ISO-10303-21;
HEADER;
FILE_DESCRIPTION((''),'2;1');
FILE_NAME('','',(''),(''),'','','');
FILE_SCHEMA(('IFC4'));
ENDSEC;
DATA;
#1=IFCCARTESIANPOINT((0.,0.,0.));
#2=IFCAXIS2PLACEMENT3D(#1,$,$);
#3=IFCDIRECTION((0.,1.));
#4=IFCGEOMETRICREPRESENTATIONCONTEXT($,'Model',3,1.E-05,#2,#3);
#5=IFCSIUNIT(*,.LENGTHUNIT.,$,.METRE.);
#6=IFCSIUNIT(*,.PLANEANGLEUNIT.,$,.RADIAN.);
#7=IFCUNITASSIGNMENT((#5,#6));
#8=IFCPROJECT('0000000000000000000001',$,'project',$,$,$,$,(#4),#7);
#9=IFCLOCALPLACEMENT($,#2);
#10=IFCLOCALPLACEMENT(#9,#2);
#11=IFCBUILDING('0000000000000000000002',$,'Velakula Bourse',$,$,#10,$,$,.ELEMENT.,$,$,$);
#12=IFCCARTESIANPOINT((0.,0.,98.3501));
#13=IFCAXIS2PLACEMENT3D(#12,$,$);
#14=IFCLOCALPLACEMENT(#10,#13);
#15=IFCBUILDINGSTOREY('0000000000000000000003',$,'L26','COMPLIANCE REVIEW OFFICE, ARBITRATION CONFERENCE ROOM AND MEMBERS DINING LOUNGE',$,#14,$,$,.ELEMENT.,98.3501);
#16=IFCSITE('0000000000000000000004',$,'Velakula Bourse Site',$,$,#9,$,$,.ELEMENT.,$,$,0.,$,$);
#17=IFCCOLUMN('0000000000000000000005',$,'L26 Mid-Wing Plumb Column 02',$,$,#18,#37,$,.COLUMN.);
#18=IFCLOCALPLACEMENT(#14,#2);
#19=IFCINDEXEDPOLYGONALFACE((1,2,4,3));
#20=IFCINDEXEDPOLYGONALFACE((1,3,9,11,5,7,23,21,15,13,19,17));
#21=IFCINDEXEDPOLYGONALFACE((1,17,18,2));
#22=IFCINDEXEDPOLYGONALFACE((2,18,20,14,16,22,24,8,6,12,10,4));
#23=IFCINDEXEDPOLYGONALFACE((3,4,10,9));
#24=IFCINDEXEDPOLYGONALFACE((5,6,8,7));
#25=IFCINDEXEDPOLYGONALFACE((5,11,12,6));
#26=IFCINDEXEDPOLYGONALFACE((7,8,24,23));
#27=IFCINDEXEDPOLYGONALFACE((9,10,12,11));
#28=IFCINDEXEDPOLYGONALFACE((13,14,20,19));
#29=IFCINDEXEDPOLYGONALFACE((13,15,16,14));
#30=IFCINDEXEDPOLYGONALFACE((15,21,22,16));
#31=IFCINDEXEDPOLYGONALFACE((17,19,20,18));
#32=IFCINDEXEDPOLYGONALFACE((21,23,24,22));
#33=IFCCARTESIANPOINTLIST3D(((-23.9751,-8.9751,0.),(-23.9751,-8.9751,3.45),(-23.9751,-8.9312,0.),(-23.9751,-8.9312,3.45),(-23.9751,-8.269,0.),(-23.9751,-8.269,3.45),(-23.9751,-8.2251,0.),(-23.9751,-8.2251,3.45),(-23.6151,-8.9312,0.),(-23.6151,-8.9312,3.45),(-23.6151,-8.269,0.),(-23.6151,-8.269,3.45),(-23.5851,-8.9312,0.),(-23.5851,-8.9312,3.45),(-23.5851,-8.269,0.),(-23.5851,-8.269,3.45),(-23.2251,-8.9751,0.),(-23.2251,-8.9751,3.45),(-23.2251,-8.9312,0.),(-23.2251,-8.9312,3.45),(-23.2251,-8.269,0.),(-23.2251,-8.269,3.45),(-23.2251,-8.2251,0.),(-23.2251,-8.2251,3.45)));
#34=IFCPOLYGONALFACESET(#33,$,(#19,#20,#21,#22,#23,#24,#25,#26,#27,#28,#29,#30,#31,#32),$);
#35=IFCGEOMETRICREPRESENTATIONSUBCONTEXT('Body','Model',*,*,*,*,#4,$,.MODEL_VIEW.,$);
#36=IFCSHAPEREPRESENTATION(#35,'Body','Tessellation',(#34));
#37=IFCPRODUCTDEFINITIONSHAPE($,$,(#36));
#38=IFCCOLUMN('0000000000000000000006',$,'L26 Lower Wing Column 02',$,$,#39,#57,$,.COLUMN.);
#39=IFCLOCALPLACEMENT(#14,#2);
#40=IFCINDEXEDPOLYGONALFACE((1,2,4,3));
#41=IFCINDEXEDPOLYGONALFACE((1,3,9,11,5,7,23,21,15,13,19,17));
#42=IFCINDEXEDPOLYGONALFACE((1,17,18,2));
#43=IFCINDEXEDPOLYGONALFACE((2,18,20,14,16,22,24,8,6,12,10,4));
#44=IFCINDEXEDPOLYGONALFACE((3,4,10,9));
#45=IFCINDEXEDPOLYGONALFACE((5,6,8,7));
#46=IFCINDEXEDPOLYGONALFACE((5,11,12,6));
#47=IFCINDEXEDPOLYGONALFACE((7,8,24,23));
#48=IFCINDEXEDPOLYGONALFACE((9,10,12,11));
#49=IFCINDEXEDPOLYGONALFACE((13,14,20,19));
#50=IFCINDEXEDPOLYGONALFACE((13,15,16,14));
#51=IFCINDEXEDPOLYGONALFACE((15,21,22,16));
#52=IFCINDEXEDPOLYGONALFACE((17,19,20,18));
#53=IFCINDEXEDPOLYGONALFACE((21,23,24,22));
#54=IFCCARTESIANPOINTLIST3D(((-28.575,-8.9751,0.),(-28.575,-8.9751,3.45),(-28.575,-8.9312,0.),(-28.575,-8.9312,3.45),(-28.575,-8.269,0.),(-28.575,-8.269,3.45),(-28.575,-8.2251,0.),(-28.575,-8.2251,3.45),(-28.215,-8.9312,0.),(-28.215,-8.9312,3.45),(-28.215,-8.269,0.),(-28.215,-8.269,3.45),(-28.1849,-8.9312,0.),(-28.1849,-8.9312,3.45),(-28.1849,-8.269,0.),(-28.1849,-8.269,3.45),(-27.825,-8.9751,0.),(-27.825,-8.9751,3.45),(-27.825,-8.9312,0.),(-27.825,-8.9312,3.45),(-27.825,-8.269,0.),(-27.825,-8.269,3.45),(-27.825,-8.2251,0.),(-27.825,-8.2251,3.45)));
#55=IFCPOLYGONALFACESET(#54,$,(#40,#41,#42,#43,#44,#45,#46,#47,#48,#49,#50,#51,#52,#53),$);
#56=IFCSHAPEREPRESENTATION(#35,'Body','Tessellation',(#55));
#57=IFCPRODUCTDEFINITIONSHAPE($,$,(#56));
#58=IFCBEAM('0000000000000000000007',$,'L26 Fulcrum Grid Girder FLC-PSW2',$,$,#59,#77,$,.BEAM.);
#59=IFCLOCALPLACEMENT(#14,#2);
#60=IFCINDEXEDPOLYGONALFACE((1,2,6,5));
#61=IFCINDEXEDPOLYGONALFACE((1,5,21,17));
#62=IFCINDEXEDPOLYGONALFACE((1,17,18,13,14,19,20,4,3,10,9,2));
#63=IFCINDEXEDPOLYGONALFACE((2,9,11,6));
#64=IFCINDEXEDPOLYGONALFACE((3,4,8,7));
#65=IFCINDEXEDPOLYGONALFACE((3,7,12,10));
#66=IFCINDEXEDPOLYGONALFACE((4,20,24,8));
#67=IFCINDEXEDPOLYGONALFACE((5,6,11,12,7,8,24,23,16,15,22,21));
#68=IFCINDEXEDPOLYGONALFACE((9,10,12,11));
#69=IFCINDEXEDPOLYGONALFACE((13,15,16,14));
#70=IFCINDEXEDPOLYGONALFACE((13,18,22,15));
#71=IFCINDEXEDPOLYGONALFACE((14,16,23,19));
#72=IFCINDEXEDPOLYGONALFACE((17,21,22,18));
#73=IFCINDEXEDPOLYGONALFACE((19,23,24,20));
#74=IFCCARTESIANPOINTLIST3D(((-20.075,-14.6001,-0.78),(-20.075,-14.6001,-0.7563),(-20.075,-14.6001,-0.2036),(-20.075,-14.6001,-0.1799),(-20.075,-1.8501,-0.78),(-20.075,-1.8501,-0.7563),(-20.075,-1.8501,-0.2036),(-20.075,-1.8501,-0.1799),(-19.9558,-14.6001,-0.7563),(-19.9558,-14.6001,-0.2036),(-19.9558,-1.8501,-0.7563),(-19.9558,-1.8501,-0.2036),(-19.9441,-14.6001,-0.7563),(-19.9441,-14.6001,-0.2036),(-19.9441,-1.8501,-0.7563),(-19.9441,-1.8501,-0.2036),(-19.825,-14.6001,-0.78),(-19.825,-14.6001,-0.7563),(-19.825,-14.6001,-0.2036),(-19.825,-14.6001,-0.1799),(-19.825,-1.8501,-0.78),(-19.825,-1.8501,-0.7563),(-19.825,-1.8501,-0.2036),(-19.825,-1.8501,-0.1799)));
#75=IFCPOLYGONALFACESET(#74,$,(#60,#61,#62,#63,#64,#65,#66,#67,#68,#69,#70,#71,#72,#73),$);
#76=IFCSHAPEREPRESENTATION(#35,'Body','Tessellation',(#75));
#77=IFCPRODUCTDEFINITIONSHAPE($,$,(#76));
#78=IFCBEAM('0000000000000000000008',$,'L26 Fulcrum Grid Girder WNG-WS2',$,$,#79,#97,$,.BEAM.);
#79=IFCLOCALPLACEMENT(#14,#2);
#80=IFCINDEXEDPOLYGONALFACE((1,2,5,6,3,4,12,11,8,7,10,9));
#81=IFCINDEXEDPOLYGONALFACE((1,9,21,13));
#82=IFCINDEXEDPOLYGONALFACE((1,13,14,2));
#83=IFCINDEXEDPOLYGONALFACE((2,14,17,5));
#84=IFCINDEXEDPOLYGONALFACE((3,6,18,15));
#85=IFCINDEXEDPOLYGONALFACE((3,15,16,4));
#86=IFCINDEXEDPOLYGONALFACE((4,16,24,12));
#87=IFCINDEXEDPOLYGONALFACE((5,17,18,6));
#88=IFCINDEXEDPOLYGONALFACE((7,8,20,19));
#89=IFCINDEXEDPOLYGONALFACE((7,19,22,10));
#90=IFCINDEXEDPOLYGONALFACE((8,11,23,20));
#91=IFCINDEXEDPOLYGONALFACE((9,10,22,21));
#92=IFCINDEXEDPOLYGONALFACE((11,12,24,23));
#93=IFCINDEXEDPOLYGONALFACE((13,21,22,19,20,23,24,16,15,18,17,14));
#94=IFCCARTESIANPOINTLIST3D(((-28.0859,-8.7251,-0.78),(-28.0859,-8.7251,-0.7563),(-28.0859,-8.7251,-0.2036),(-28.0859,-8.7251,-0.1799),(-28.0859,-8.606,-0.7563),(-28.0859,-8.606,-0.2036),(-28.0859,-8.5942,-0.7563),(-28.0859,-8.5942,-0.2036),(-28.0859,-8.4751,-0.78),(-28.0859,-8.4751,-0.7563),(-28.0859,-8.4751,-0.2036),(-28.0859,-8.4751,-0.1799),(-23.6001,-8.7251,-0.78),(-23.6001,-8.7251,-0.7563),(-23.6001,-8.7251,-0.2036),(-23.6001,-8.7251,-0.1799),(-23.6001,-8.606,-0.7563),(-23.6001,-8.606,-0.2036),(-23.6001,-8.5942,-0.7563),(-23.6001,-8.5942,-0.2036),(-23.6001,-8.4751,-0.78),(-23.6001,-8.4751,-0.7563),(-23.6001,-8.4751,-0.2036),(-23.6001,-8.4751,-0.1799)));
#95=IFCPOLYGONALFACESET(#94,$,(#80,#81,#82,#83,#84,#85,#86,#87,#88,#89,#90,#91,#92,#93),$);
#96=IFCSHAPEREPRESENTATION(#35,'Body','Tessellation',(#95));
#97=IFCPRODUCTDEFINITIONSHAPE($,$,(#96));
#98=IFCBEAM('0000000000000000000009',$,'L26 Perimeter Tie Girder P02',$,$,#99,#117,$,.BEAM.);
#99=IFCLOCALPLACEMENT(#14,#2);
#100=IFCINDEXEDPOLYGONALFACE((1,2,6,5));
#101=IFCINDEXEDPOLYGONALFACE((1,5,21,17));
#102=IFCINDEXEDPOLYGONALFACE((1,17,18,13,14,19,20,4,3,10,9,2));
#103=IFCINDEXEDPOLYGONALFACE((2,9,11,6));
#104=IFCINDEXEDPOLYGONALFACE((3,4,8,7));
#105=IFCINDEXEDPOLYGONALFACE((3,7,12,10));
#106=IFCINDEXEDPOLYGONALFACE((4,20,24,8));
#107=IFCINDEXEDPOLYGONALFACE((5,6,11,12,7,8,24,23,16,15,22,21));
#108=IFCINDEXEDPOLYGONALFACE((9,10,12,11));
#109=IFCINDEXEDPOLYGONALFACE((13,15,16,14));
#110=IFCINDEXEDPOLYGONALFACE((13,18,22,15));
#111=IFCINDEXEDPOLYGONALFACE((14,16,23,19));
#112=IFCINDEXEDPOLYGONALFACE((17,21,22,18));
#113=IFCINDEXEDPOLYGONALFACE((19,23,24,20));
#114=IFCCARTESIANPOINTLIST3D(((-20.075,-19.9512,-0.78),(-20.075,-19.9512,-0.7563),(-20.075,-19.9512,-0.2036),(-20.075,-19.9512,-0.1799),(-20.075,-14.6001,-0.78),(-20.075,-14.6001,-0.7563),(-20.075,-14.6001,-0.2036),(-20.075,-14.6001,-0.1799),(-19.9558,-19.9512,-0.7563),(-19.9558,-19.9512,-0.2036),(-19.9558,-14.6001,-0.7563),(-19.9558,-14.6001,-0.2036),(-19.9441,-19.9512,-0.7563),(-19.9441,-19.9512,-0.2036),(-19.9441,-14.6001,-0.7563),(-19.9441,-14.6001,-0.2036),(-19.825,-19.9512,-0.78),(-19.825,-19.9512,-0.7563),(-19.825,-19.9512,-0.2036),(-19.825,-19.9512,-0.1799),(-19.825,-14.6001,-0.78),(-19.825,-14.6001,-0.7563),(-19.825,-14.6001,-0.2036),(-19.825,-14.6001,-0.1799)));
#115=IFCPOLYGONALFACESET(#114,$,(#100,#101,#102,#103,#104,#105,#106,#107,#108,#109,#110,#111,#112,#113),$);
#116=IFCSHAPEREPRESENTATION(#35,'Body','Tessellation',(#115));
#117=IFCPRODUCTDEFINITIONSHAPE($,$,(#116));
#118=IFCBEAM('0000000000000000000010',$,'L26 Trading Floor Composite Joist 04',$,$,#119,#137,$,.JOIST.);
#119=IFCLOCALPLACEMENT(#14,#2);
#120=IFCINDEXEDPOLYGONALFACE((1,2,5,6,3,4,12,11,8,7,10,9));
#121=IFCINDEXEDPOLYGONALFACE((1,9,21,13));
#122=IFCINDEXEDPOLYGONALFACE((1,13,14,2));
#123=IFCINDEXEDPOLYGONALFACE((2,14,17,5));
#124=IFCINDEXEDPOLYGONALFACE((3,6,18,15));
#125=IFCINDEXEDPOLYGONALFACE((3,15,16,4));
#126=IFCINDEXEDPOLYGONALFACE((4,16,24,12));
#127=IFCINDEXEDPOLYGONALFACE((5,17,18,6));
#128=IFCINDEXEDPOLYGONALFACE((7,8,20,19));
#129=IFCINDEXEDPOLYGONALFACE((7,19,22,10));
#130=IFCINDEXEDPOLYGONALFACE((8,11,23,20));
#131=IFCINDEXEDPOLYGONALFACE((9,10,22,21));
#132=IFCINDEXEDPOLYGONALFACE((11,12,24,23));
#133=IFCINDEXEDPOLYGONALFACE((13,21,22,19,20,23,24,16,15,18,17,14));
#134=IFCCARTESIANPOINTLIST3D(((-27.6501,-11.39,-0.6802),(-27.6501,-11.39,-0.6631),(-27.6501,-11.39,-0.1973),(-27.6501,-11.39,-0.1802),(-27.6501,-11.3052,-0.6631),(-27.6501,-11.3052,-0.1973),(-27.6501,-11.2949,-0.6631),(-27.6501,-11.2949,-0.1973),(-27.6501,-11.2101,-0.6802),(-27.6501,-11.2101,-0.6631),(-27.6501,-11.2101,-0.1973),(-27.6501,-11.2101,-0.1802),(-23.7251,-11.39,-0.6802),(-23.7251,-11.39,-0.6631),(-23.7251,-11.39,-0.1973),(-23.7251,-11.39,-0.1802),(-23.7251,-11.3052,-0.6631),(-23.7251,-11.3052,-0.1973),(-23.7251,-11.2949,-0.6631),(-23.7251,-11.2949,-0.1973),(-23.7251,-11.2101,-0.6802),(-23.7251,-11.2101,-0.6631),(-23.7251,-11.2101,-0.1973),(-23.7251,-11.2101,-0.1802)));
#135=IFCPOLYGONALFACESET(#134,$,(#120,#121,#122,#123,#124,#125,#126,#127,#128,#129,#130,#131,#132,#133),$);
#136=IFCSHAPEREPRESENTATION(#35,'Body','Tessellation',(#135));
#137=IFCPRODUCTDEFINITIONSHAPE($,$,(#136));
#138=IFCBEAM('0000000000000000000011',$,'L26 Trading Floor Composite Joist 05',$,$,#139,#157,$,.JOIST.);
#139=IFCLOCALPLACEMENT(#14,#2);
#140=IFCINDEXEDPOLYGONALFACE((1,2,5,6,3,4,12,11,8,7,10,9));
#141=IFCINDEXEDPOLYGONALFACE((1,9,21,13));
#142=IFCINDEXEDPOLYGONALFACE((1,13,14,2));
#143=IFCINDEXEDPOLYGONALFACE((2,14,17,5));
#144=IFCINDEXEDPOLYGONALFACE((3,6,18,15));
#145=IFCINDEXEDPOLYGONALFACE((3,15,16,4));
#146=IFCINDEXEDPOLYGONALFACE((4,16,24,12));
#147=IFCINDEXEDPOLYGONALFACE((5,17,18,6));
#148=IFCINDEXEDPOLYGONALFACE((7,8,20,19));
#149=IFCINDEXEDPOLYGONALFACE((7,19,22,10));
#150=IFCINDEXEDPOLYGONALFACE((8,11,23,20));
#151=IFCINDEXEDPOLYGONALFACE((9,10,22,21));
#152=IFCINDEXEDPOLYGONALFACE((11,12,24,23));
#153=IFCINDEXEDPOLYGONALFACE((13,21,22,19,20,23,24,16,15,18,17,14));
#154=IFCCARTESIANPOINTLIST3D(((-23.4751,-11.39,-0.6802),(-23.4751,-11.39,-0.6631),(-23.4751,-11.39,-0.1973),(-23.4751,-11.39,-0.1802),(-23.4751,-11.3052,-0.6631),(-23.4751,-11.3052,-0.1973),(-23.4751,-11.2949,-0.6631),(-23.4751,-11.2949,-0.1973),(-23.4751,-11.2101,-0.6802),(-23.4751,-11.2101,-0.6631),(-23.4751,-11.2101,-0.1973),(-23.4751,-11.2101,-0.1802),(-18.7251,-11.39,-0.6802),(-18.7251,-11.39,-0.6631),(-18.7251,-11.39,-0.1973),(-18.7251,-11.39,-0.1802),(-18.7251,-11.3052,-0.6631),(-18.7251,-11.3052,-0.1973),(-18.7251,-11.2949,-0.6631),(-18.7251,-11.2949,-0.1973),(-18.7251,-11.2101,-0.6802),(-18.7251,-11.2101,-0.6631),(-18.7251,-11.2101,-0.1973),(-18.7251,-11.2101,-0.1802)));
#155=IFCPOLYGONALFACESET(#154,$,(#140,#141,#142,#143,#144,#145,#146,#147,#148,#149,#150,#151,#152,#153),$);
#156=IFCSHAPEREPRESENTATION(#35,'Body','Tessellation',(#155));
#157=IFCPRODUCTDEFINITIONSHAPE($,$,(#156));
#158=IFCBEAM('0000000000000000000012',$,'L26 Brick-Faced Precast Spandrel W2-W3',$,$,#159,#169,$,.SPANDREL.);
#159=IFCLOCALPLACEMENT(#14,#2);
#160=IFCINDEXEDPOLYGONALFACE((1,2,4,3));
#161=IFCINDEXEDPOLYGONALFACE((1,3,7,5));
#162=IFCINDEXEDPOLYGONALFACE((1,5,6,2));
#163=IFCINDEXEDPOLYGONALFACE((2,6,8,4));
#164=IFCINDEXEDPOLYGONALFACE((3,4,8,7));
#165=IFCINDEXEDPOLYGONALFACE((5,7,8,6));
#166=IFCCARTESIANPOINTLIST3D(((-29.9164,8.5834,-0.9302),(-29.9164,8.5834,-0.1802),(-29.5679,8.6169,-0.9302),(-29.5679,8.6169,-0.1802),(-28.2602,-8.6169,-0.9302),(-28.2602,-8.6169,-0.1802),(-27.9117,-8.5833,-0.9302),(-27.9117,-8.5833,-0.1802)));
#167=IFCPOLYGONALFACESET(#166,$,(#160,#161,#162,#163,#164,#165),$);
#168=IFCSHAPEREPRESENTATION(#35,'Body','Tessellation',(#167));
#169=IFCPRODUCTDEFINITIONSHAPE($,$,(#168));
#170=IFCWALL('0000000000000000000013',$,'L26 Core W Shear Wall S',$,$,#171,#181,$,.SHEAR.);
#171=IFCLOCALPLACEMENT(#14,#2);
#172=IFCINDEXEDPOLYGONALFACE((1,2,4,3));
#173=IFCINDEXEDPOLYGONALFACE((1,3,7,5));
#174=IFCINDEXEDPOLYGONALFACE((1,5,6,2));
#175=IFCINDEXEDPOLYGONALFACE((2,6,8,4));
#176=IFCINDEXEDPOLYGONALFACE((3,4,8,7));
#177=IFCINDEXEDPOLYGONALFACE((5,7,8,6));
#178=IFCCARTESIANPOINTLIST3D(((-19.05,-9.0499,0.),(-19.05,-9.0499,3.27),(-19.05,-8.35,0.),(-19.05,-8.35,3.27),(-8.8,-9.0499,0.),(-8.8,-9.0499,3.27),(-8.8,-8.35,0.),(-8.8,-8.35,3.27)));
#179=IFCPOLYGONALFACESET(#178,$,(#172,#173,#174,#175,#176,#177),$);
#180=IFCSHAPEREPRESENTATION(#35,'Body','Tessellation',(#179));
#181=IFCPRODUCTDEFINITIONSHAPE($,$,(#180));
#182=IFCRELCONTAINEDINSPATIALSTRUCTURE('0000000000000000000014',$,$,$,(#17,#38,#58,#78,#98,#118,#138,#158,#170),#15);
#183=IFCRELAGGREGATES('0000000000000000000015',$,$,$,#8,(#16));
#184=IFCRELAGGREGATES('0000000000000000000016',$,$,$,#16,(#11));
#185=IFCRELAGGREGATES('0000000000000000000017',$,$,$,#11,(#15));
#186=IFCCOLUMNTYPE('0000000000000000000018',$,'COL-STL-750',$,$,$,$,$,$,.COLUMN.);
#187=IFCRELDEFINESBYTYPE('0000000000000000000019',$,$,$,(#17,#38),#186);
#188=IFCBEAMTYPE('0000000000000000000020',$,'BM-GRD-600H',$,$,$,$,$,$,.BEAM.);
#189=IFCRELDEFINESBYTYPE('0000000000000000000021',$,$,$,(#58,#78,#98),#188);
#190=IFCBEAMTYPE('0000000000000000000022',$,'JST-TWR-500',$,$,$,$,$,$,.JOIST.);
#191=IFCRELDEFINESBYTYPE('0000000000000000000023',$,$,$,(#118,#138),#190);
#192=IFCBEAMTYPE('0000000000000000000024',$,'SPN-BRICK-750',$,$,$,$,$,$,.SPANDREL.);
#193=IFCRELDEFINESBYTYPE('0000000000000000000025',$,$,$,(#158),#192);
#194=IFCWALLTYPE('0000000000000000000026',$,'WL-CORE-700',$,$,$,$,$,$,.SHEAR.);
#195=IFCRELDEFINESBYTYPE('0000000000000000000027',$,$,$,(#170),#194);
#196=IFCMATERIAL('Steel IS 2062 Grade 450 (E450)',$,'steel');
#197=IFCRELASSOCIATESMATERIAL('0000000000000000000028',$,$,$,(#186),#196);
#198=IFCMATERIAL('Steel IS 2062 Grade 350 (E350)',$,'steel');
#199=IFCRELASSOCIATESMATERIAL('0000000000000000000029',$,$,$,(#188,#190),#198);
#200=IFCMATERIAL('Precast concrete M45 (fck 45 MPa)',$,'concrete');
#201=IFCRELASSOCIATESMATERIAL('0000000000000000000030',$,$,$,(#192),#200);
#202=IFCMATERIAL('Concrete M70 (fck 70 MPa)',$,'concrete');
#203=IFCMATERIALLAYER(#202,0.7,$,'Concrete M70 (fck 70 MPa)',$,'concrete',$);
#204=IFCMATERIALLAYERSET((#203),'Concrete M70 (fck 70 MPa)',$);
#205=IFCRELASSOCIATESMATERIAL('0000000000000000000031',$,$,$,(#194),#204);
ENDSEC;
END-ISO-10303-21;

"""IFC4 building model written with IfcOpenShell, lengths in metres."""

from ifc_helpers import new_model, si_unit, direction, frame, frame_2d, origin, origin_2d, place, context, subcontext, project, spatial, rectangle, i_section, extrude, material, layer, layer_set, material_profile, profile_set, type_object, element, save


model = new_model("IFC4")

# Units and contexts
model_context = context("Model", 3, precision=1e-05, world=origin(), true_north=direction((0.0, 1.0)))
body_context = subcontext(model_context, "Body", "Model", "MODEL_VIEW")
ifc_project = project(units=[si_unit("LENGTHUNIT", "METRE"), si_unit("PLANEANGLEUNIT", "RADIAN")], contexts=[model_context])

# Site, building, storey
site_placement = place(None, origin())
site = spatial("IfcSite", under=ifc_project, at=site_placement, Name="Velakula Bourse Site", CompositionType="ELEMENT", RefElevation=0.0)
building_placement = place(site_placement, origin())
building = spatial("IfcBuilding", under=site, at=building_placement, Name="Velakula Bourse", CompositionType="ELEMENT")
storey_placement = place(building_placement, frame((0.0, 0.0, 98.3501)))
storey = spatial("IfcBuildingStorey", under=building, at=storey_placement, Name="L26", Description="COMPLIANCE REVIEW OFFICE, ARBITRATION CONFERENCE ROOM AND MEMBERS DINING LOUNGE", CompositionType="ELEMENT", Elevation=98.3501)

# Columns
ifc_material_1 = material(Name="Steel IS 2062 Grade 450 (E450)", Category="steel")
ifc_material_profile_1 = material_profile(ifc_material_1, i_section(OverallWidth=0.75, OverallDepth=0.75, WebThickness=0.03, FlangeThickness=0.0439, at=origin_2d()), Name="Steel IS 2062 Grade 450 (E450)")
ifc_profile_set_1 = profile_set([ifc_material_profile_1], Name="Steel IS 2062 Grade 450 (E450)")
column_type = type_object("IfcColumnType", Name="COL-STL-750", PredefinedType="COLUMN", material=ifc_profile_set_1)
for number, where, z_axis, x_axis, name in (
    (1, (-23.6001, -8.6001, 0.0), (0.0, 0.0, 1.0), (1.0, 0.0, 0.0), "L26 Mid-Wing Plumb Column 02"),
    (2, (-28.2, -8.6001, 0.0), (0.0, 0.0, 1.0), (1.0, 0.0, 0.0), "L26 Lower Wing Column 02"),
):
    element("IfcColumn", number, at=place(storey_placement, frame(where, z_axis=z_axis, x_axis=x_axis)), inside=storey, type_object=column_type, Name=name, PredefinedType="COLUMN", context=body_context, shape_type="SweptSolid", body=[
        extrude(i_section(OverallWidth=0.75, OverallDepth=0.75, WebThickness=0.03, FlangeThickness=0.0439, at=origin_2d()), origin(), (0.0, 0.0, 1.0), 3.45),
    ])

# Beams
ifc_material_2 = material(Name="Steel IS 2062 Grade 350 (E350)", Category="steel")
ifc_material_profile_2 = material_profile(ifc_material_2, i_section(OverallWidth=0.25, OverallDepth=0.6001, WebThickness=0.0117, FlangeThickness=0.0237, at=origin_2d()), Name="Steel IS 2062 Grade 350 (E350)")
ifc_profile_set_2 = profile_set([ifc_material_profile_2], Name="Steel IS 2062 Grade 350 (E350)")
beam_type_1 = type_object("IfcBeamType", Name="BM-GRD-600H", PredefinedType="BEAM", material=ifc_profile_set_2)
beam_1_placement = place(storey_placement, frame((-19.95, -14.6001, -0.48), z_axis=(0.0, 1.0, 0.0), x_axis=(-1.0, 0.0, 0.0)))
element("IfcBeam", 3, at=beam_1_placement, inside=storey, type_object=beam_type_1, Name="L26 Fulcrum Grid Girder FLC-PSW2", PredefinedType="BEAM", context=body_context, shape_type="SweptSolid", body=[
    extrude(i_section(OverallWidth=0.25, OverallDepth=0.6001, WebThickness=0.0117, FlangeThickness=0.0237, at=origin_2d()), origin(), (0.0, 0.0, 1.0), 12.75),
])
beam_2_placement = place(storey_placement, frame((-28.0859, -8.6001, -0.48), z_axis=(1.0, 0.0, 0.0), x_axis=(0.0, 1.0, 0.0)))
element("IfcBeam", 4, at=beam_2_placement, inside=storey, type_object=beam_type_1, Name="L26 Fulcrum Grid Girder WNG-WS2", PredefinedType="BEAM", context=body_context, shape_type="SweptSolid", body=[
    extrude(i_section(OverallWidth=0.25, OverallDepth=0.6001, WebThickness=0.0117, FlangeThickness=0.0237, at=origin_2d()), origin(), (0.0, 0.0, 1.0), 4.4858),
])
beam_3_placement = place(storey_placement, frame((-19.95, -14.6001, -0.48), z_axis=(0.0, -1.0, 0.0), x_axis=(1.0, 0.0, 0.0)))
element("IfcBeam", 5, at=beam_3_placement, inside=storey, type_object=beam_type_1, Name="L26 Perimeter Tie Girder P02", PredefinedType="BEAM", context=body_context, shape_type="SweptSolid", body=[
    extrude(i_section(OverallWidth=0.25, OverallDepth=0.6001, WebThickness=0.0117, FlangeThickness=0.0237, at=origin_2d()), origin(), (0.0, 0.0, 1.0), 5.3511),
])
ifc_material_profile_3 = material_profile(ifc_material_2, i_section(OverallWidth=0.1799, OverallDepth=0.5, WebThickness=0.0103, FlangeThickness=0.0171, at=origin_2d()), Name="Steel IS 2062 Grade 350 (E350)")
ifc_profile_set_3 = profile_set([ifc_material_profile_3], Name="Steel IS 2062 Grade 350 (E350)")
beam_type_2 = type_object("IfcBeamType", Name="JST-TWR-500", PredefinedType="JOIST", material=ifc_profile_set_3)
beam_4_placement = place(storey_placement, frame((-27.6501, -11.3, -0.4302), z_axis=(1.0, 0.0, 0.0), x_axis=(0.0, 1.0, 0.0)))
element("IfcBeam", 6, at=beam_4_placement, inside=storey, type_object=beam_type_2, Name="L26 Trading Floor Composite Joist 04", PredefinedType="JOIST", context=body_context, shape_type="SweptSolid", body=[
    extrude(i_section(OverallWidth=0.1799, OverallDepth=0.5, WebThickness=0.0103, FlangeThickness=0.0171, at=origin_2d()), origin(), (0.0, 0.0, 1.0), 3.925),
])
beam_5_placement = place(storey_placement, frame((-23.4751, -11.3, -0.4302), z_axis=(1.0, 0.0, 0.0), x_axis=(0.0, 1.0, 0.0)))
element("IfcBeam", 7, at=beam_5_placement, inside=storey, type_object=beam_type_2, Name="L26 Trading Floor Composite Joist 05", PredefinedType="JOIST", context=body_context, shape_type="SweptSolid", body=[
    extrude(i_section(OverallWidth=0.1799, OverallDepth=0.5, WebThickness=0.0103, FlangeThickness=0.0171, at=origin_2d()), origin(), (0.0, 0.0, 1.0), 4.75),
])
ifc_material_3 = material(Name="Precast concrete M45 (fck 45 MPa)", Category="concrete")
ifc_material_profile_4 = material_profile(ifc_material_3, rectangle(XDim=0.3501, YDim=0.75, at=origin_2d()), Name="Precast concrete M45 (fck 45 MPa)")
ifc_profile_set_4 = profile_set([ifc_material_profile_4], Name="Precast concrete M45 (fck 45 MPa)")
beam_type_3 = type_object("IfcBeamType", Name="SPN-BRICK-750", PredefinedType="SPANDREL", material=ifc_profile_set_4)
beam_6_placement = place(storey_placement, frame((-28.0859, -8.6001, -0.5552), z_axis=(-0.095849, 0.995396, 0.0), x_axis=(-0.995396, -0.095849, 0.0)))
element("IfcBeam", 8, at=beam_6_placement, inside=storey, type_object=beam_type_3, Name="L26 Brick-Faced Precast Spandrel W2-W3", PredefinedType="SPANDREL", context=body_context, shape_type="SweptSolid", body=[
    extrude(rectangle(XDim=0.3501, YDim=0.75, at=origin_2d()), origin(), (0.0, 0.0, 1.0), 17.2798),
])

# Wall
ifc_material_4 = material(Name="Concrete M70 (fck 70 MPa)", Category="concrete")
ifc_layer_1 = layer(ifc_material_4, 0.7, Name="Concrete M70 (fck 70 MPa)", Category="concrete")
ifc_layer_set_1 = layer_set([ifc_layer_1], Name="Concrete M70 (fck 70 MPa)")
wall_type_1 = type_object("IfcWallType", Name="WL-CORE-700", PredefinedType="SHEAR", material=ifc_layer_set_1)
wall_1_placement = place(storey_placement, frame((-19.05, -8.7, 0.0), z_axis=(0.0, 0.0, 1.0), x_axis=(1.0, 0.0, 0.0)))
element("IfcWall", 9, at=wall_1_placement, inside=storey, type_object=wall_type_1, Name="L26 Core W Shear Wall S", PredefinedType="SHEAR", context=body_context, shape_type="SweptSolid", body=[
    extrude(rectangle(XDim=10.25, YDim=0.7, at=frame_2d((5.125, 0.0))), origin(), (0.0, 0.0, 1.0), 3.27),
])

save(model, "model.ifc")
